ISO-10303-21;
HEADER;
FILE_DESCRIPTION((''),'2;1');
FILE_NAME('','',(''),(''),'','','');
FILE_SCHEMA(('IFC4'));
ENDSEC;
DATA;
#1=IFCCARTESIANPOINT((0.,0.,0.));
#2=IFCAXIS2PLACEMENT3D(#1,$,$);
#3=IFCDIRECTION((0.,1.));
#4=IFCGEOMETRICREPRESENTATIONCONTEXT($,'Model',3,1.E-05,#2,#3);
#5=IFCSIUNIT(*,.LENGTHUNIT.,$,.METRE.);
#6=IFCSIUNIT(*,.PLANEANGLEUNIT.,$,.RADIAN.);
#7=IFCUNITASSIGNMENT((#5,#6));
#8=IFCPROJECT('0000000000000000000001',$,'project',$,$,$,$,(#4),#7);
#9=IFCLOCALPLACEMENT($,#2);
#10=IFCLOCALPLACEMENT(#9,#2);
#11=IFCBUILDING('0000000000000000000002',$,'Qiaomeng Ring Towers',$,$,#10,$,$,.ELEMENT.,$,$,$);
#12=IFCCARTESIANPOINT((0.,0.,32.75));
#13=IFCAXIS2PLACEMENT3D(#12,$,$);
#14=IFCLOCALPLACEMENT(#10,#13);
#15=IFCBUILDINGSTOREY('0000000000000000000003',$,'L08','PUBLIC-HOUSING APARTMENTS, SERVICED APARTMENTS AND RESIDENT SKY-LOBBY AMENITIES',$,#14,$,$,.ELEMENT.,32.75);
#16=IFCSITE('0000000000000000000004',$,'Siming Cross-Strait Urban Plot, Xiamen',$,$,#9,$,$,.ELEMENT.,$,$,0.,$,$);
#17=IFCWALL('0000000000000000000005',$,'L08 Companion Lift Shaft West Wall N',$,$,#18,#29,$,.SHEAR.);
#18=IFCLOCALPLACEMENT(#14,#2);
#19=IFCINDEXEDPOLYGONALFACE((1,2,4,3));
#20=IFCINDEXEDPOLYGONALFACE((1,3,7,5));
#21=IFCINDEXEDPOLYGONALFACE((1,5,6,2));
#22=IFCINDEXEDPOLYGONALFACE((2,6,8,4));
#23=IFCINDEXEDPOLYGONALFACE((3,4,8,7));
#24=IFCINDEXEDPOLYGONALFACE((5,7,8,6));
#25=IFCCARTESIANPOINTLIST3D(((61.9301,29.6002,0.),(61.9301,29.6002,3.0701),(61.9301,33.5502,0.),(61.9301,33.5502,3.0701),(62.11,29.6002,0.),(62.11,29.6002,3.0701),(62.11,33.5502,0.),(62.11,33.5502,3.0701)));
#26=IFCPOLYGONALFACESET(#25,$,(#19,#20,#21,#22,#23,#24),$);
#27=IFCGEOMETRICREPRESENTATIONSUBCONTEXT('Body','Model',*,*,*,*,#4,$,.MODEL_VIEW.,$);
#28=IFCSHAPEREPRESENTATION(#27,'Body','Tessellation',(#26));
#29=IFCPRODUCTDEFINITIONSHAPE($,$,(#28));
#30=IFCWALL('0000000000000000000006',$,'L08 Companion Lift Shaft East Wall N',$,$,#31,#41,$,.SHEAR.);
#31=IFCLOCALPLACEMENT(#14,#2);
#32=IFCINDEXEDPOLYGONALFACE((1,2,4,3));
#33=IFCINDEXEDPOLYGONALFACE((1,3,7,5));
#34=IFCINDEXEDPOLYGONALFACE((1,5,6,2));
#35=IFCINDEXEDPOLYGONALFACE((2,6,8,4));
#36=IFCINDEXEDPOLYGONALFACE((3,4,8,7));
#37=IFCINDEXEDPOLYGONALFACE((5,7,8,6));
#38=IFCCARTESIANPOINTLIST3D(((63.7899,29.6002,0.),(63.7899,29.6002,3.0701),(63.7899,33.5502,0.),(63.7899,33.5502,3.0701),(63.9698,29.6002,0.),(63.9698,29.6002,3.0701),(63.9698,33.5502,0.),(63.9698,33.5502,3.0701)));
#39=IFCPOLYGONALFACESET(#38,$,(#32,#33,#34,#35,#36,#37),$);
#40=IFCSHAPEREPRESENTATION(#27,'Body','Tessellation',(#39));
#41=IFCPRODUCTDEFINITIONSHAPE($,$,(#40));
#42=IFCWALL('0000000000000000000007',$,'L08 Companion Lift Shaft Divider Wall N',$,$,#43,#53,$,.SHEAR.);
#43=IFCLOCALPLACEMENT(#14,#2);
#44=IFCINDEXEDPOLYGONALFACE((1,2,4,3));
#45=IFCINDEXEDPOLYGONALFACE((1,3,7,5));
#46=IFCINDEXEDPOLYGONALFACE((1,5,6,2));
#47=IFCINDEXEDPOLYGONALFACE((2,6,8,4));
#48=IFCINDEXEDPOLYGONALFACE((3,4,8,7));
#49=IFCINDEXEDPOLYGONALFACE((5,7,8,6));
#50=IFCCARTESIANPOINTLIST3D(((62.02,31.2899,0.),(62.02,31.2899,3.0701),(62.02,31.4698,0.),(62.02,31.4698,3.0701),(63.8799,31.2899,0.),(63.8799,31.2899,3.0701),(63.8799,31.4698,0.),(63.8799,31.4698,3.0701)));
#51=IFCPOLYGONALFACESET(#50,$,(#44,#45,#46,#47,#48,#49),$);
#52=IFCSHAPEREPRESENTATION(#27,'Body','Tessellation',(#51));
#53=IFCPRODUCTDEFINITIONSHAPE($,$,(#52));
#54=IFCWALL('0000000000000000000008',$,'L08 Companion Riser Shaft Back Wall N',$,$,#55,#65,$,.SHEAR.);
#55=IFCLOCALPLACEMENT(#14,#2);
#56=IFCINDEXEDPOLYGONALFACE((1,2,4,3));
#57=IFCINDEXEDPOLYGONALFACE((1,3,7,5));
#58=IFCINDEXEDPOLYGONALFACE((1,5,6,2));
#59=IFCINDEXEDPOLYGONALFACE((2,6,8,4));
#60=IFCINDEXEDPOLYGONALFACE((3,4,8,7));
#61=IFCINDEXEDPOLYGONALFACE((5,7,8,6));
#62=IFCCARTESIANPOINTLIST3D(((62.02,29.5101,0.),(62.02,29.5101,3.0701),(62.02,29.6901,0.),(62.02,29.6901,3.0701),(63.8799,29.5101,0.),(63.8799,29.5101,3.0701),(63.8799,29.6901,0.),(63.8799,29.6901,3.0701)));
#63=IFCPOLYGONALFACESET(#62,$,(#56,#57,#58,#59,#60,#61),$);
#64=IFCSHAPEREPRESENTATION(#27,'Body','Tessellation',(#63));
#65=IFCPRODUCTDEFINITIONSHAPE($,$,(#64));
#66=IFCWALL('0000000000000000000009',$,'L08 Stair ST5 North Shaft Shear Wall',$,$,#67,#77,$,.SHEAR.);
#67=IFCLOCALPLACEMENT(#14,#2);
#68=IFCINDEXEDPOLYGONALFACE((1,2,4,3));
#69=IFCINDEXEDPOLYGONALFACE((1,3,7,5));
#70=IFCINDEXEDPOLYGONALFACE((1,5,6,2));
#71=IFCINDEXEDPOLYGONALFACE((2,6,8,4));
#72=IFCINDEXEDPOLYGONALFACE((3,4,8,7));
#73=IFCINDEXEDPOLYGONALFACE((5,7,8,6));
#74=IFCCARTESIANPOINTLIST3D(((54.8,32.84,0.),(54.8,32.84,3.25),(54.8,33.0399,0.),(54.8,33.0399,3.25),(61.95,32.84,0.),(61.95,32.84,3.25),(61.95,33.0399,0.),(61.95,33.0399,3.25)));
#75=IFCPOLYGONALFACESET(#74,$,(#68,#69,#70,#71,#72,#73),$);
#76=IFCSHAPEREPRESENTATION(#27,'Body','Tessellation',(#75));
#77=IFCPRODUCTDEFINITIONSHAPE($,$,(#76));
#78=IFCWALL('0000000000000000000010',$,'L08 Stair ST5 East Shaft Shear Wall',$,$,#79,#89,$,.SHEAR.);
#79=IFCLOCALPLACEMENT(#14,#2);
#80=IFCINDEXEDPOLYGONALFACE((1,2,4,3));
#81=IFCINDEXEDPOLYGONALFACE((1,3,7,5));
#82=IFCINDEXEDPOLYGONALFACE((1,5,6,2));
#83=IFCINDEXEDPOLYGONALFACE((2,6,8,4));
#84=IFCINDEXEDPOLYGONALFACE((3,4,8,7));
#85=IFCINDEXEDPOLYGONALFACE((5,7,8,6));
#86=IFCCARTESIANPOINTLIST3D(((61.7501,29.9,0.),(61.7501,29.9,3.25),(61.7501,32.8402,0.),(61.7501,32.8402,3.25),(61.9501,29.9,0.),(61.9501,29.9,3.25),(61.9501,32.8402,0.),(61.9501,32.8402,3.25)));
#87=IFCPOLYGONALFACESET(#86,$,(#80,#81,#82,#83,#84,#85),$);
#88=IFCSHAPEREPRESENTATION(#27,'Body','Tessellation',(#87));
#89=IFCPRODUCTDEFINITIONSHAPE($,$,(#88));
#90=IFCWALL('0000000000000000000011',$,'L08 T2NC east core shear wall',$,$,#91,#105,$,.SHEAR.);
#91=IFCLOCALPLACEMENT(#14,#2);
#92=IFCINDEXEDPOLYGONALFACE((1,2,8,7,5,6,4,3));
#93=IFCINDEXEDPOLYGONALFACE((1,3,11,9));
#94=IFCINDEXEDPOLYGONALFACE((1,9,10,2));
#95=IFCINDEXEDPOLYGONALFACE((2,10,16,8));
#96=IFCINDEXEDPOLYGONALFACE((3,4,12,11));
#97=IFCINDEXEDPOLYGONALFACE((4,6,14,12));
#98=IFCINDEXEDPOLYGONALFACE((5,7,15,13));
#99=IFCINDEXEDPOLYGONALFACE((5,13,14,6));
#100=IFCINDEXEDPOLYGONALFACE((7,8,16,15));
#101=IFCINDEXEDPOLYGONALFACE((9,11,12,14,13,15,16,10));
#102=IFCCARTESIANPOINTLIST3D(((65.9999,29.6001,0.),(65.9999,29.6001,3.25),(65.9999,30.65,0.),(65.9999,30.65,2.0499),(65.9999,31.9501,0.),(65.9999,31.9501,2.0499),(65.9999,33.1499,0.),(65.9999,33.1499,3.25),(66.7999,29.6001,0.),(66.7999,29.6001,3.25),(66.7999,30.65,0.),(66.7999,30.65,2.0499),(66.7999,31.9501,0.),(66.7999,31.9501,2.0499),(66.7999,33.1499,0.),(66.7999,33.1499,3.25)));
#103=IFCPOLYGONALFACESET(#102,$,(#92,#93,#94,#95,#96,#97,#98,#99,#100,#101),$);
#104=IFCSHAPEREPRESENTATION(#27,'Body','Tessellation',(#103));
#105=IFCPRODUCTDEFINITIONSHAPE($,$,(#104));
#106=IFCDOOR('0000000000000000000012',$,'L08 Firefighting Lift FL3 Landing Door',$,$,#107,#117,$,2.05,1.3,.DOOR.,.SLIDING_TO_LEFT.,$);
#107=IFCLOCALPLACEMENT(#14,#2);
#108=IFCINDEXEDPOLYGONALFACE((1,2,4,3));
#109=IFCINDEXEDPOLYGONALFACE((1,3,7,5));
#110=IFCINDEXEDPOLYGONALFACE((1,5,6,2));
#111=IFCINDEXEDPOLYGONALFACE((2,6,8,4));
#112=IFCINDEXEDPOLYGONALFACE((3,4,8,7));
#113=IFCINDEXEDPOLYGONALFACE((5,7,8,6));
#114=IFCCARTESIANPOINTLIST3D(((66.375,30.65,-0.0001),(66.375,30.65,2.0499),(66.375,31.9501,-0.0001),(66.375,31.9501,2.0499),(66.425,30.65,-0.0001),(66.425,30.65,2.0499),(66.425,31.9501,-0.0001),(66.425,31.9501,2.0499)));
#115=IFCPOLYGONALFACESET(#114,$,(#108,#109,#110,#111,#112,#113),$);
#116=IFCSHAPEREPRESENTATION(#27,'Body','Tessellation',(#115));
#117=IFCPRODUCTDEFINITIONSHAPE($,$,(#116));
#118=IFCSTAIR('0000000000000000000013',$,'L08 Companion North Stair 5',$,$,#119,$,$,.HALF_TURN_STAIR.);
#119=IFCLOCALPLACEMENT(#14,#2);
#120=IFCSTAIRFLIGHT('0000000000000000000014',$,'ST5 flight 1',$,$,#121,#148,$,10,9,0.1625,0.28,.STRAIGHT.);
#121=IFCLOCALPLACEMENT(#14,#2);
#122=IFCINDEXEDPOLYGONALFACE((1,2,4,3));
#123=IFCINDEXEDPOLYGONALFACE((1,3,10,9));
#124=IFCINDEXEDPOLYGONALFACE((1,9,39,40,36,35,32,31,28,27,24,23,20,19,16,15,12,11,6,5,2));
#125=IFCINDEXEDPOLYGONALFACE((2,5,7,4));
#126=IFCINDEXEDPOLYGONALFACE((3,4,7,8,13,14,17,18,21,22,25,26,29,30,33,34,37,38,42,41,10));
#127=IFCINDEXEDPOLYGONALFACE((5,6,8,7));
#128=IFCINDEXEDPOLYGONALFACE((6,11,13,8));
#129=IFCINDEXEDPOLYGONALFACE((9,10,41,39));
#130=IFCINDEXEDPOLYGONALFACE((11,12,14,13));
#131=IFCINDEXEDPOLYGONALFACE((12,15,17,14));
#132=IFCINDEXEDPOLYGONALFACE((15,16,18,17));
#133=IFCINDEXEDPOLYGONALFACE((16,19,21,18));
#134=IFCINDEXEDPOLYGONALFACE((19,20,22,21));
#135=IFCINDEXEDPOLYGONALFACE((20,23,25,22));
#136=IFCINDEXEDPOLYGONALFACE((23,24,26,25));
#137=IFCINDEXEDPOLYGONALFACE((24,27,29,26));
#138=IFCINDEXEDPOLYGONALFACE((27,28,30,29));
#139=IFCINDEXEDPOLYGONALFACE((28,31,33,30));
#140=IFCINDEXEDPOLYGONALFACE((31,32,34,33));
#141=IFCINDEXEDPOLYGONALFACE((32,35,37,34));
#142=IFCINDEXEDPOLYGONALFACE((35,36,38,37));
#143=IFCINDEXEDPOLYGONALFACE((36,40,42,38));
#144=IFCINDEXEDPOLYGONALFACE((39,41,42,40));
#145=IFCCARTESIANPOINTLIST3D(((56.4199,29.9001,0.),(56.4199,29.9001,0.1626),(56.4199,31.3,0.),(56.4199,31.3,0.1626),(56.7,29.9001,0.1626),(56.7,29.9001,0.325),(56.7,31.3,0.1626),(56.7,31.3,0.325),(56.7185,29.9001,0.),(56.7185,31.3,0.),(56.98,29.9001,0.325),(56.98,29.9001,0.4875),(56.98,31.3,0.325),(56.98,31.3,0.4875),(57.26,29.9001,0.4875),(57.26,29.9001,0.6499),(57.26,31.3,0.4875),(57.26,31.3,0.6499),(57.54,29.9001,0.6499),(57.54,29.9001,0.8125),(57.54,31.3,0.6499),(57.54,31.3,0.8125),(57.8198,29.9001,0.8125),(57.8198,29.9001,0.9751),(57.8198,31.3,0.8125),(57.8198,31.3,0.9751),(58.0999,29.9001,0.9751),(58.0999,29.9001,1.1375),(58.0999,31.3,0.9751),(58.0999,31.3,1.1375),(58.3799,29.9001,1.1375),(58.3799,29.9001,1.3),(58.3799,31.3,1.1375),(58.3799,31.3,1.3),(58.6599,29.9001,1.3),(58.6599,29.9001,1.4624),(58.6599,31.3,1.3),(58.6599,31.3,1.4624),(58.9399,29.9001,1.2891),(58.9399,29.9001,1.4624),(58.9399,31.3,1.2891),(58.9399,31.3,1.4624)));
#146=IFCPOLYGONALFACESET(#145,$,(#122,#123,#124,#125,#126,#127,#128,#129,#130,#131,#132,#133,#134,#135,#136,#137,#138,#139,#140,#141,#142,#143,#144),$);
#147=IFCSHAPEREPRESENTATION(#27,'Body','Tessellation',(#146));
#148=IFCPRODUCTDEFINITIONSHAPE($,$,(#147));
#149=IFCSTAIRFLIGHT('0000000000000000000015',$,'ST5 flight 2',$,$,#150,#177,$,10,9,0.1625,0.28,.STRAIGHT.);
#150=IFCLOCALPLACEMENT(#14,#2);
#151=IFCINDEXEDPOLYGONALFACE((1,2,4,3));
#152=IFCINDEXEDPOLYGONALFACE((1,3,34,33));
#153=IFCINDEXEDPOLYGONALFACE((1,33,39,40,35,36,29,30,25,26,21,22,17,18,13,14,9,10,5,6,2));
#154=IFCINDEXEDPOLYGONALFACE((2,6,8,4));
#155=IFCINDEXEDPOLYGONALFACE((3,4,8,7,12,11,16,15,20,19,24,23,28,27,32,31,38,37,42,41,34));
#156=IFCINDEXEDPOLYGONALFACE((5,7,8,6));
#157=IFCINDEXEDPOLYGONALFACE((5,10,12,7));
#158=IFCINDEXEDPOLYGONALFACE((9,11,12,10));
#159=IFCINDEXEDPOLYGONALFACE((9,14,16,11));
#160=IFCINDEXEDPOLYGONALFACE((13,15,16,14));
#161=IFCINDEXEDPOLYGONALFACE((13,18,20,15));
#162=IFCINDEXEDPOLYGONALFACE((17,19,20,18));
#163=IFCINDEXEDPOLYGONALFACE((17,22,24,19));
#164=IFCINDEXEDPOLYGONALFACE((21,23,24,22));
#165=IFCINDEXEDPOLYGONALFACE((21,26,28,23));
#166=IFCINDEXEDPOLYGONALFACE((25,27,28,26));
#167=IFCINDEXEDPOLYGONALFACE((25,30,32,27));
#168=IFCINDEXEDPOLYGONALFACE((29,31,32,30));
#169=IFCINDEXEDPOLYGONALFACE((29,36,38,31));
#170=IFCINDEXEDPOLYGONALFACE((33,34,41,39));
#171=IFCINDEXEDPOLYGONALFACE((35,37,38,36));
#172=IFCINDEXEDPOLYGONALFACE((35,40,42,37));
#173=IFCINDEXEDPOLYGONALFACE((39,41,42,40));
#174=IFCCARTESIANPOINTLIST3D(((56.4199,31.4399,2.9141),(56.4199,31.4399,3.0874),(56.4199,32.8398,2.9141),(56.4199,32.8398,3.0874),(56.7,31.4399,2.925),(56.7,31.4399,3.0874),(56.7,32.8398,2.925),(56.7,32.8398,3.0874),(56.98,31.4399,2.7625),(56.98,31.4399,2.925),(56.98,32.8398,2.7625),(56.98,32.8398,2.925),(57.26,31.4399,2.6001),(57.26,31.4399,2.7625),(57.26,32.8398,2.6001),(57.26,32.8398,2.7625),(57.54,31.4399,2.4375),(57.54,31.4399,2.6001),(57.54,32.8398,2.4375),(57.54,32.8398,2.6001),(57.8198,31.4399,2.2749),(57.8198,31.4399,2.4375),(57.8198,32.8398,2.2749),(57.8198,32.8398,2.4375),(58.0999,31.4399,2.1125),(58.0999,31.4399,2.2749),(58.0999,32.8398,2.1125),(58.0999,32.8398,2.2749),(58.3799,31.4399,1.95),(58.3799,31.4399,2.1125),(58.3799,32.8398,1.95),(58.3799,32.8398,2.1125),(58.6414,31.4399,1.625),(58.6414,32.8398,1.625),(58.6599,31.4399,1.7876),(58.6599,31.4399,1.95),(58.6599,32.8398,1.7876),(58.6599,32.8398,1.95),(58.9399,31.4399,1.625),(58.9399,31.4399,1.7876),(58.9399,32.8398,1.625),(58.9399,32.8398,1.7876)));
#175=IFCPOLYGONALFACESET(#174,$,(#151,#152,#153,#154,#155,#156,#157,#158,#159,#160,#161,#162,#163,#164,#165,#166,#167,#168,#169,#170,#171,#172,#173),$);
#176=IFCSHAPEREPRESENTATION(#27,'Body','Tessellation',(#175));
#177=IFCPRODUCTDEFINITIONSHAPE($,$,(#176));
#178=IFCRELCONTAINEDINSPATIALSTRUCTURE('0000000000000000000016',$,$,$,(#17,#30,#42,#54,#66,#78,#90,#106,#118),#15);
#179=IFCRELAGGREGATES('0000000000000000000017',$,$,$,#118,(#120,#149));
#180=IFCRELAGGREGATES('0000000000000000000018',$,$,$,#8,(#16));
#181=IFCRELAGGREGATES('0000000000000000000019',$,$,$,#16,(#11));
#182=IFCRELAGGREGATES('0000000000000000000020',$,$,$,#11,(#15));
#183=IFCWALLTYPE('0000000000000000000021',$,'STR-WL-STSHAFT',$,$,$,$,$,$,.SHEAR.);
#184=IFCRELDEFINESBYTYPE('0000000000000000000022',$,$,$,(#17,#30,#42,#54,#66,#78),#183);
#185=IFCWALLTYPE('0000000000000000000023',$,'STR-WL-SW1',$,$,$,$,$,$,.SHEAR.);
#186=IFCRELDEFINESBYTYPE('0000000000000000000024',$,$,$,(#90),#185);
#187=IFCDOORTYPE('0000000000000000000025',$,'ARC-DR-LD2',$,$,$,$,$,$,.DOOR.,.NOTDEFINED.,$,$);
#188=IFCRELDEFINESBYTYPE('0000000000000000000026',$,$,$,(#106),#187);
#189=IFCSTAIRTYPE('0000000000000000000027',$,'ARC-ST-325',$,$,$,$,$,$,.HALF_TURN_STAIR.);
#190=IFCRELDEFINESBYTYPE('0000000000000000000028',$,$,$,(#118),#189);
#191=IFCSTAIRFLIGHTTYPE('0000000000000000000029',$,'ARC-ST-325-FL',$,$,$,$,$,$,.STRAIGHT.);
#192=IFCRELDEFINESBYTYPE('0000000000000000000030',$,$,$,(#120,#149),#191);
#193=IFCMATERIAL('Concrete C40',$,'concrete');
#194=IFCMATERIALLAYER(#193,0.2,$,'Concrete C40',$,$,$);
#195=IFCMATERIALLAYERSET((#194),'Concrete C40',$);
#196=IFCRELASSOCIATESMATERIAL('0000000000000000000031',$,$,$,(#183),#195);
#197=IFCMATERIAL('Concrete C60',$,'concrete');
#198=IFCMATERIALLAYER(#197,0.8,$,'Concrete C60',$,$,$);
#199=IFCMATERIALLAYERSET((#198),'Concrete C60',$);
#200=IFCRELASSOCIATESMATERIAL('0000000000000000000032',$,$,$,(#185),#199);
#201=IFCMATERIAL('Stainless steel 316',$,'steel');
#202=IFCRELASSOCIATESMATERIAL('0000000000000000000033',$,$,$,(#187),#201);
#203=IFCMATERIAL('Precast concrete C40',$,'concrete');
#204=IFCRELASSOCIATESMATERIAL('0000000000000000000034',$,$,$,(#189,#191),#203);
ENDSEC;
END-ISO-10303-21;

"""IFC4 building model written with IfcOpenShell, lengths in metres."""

from ifc_helpers import new_model, si_unit, direction, frame, frame_2d, origin, place, context, subcontext, project, spatial, polyline, rectangle, outline, extrude, source, transform, mapped, material, layer, layer_set, type_object, element, fill, aggregate, save


model = new_model("IFC4")

# Units and contexts
model_context = context("Model", 3, precision=1e-05, world=origin(), true_north=direction((0.0, 1.0)))
body_context = subcontext(model_context, "Body", "Model", "MODEL_VIEW")
ifc_project = project(units=[si_unit("LENGTHUNIT", "METRE"), si_unit("PLANEANGLEUNIT", "RADIAN")], contexts=[model_context])

# Site, building, storey
site_placement = place(None, origin())
site = spatial("IfcSite", under=ifc_project, at=site_placement, Name="Siming Cross-Strait Urban Plot, Xiamen", CompositionType="ELEMENT", RefElevation=0.0)
building_placement = place(site_placement, origin())
building = spatial("IfcBuilding", under=site, at=building_placement, Name="Qiaomeng Ring Towers", CompositionType="ELEMENT")
storey_placement = place(building_placement, frame((0.0, 0.0, 32.75)))
storey = spatial("IfcBuildingStorey", under=building, at=storey_placement, Name="L08", Description="PUBLIC-HOUSING APARTMENTS, SERVICED APARTMENTS AND RESIDENT SKY-LOBBY AMENITIES", CompositionType="ELEMENT", Elevation=32.75)

# Walls
ifc_material_1 = material(Name="Concrete C40", Category="concrete")
ifc_layer_1 = layer(ifc_material_1, 0.2, Name="Concrete C40")
ifc_layer_set_1 = layer_set([ifc_layer_1], Name="Concrete C40")
wall_type_1 = type_object("IfcWallType", Name="STR-WL-STSHAFT", PredefinedType="SHEAR", material=ifc_layer_set_1)
for number, where, z_axis, x_axis, name in (
    (1, (62.02, 29.6001, 0.0), (0.0, 0.0, 1.0), (0.0, 1.0, 0.0), "L08 Companion Lift Shaft West Wall N"),
    (2, (63.8799, 29.6001, 0.0), (0.0, 0.0, 1.0), (0.0, 1.0, 0.0), "L08 Companion Lift Shaft East Wall N"),
):
    element("IfcWall", number, at=place(storey_placement, frame(where, z_axis=z_axis, x_axis=x_axis)), inside=storey, type_object=wall_type_1, Name=name, PredefinedType="SHEAR", context=body_context, shape_type="SweptSolid", body=[
        extrude(rectangle(XDim=3.95, YDim=0.1799, at=frame_2d((1.9751, 0.0))), origin(), (0.0, 0.0, 1.0), 3.0701),
    ])
for number, where, z_axis, x_axis, name in (
    (3, (62.02, 31.3799, 0.0), (0.0, 0.0, 1.0), (1.0, 0.0, 0.0), "L08 Companion Lift Shaft Divider Wall N"),
    (4, (62.02, 29.6001, 0.0), (0.0, 0.0, 1.0), (1.0, 0.0, 0.0), "L08 Companion Riser Shaft Back Wall N"),
):
    element("IfcWall", number, at=place(storey_placement, frame(where, z_axis=z_axis, x_axis=x_axis)), inside=storey, type_object=wall_type_1, Name=name, PredefinedType="SHEAR", context=body_context, shape_type="SweptSolid", body=[
        extrude(rectangle(XDim=1.8599, YDim=0.1799, at=frame_2d((0.9299, 0.0))), origin(), (0.0, 0.0, 1.0), 3.0701),
    ])
wall_1_placement = place(storey_placement, frame((54.8, 32.9399, 0.0), z_axis=(0.0, 0.0, 1.0), x_axis=(1.0, 0.0, 0.0)))
element("IfcWall", 5, at=wall_1_placement, inside=storey, type_object=wall_type_1, Name="L08 Stair ST5 North Shaft Shear Wall", PredefinedType="SHEAR", context=body_context, shape_type="SweptSolid", body=[
    extrude(rectangle(XDim=7.1499, YDim=0.2, at=frame_2d((3.575, 0.0))), origin(), (0.0, 0.0, 1.0), 3.25),
])
wall_2_placement = place(storey_placement, frame((61.8501, 29.8999, 0.0), z_axis=(0.0, 0.0, 1.0), x_axis=(0.0, 1.0, 0.0)))
element("IfcWall", 6, at=wall_2_placement, inside=storey, type_object=wall_type_1, Name="L08 Stair ST5 East Shaft Shear Wall", PredefinedType="SHEAR", context=body_context, shape_type="SweptSolid", body=[
    extrude(rectangle(XDim=2.9402, YDim=0.2, at=frame_2d((1.4702, 0.0))), origin(), (0.0, 0.0, 1.0), 3.25),
])

# Wall, opening, door
ifc_material_2 = material(Name="Concrete C60", Category="concrete")
ifc_layer_2 = layer(ifc_material_2, 0.8, Name="Concrete C60")
ifc_layer_set_2 = layer_set([ifc_layer_2], Name="Concrete C60")
wall_type_2 = type_object("IfcWallType", Name="STR-WL-SW1", PredefinedType="SHEAR", material=ifc_layer_set_2)
wall_3_placement = place(storey_placement, frame((66.3999, 29.6001, 0.0), z_axis=(0.0, 0.0, 1.0), x_axis=(0.0, 1.0, 0.0)))
wall_3 = element("IfcWall", 7, at=wall_3_placement, inside=storey, type_object=wall_type_2, Name="L08 T2NC east core shear wall", PredefinedType="SHEAR", context=body_context, shape_type="SweptSolid", body=[
    extrude(rectangle(XDim=3.5498, YDim=0.8, at=frame_2d((1.7749, 0.0))), origin(), (0.0, 0.0, 1.0), 3.25),
])
opening_placement = place(wall_3_placement, frame((1.05, 0.0, 0.0)))
opening = element("IfcOpeningElement", 8, at=opening_placement, cuts=wall_3, PredefinedType="OPENING", context=body_context, shape_type="SweptSolid", body=[
    extrude(rectangle(XDim=1.3, YDim=2.05, at=frame_2d((0.6499, 1.0249))), frame((0.0, 0.4099, 0.0), z_axis=(0.0, -1.0, 0.0), x_axis=(1.0, 0.0, 0.0)), (0.0, 0.0, 1.0), 0.8201),
])
ifc_material_3 = material(Name="Stainless steel 316", Category="steel")
door_type = type_object("IfcDoorType", Name="ARC-DR-LD2", OperationType="NOTDEFINED", PredefinedType="DOOR", material=ifc_material_3)
shared_shape_1 = source(origin(), body_context, "Body", "SweptSolid", [
    extrude(rectangle(XDim=1.3, YDim=2.05, at=frame_2d((0.6499, 1.0249))), frame((0.0, 0.0249, 0.0), z_axis=(0.0, -1.0, 0.0), x_axis=(1.0, 0.0, 0.0)), (0.0, 0.0, 1.0), 0.05),
])
door_placement = place(opening_placement, origin())
door = element("IfcDoor", 9, at=door_placement, inside=storey, type_object=door_type, Name="L08 Firefighting Lift FL3 Landing Door", OperationType="SLIDING_TO_LEFT", OverallHeight=2.05, OverallWidth=1.3, PredefinedType="DOOR", context=body_context, shape_type="MappedRepresentation", body=[
    mapped(shared_shape_1, transform((0.0, 0.0, 0.0), x_axis=(1.0, 0.0, 0.0), y_axis=(0.0, 1.0, 0.0), z_axis=(0.0, 0.0, 1.0), scale=1.0)),
])
fill(opening, door)

# Stair, stair flights
ifc_material_4 = material(Name="Precast concrete C40", Category="concrete")
stair_type = type_object("IfcStairType", Name="ARC-ST-325", PredefinedType="HALF_TURN_STAIR", material=ifc_material_4)
stair_placement = place(storey_placement, origin())
stair = element("IfcStair", 10, at=stair_placement, inside=storey, type_object=stair_type, Name="L08 Companion North Stair 5", PredefinedType="HALF_TURN_STAIR")
stair_flight_type = type_object("IfcStairFlightType", Name="ARC-ST-325-FL", PredefinedType="STRAIGHT", material=ifc_material_4)
shared_shape_2 = source(origin(), body_context, "Body", "SweptSolid", [
    extrude(outline(polyline([(0.0, 0.0), (0.0, 0.1626), (0.28, 0.1626), (0.28, 0.325), (0.5601, 0.325), (0.5601, 0.4875), (0.8401, 0.4875), (0.8401, 0.6499), (1.1201, 0.6499), (1.1201, 0.8125), (1.3999, 0.8125), (1.3999, 0.9751), (1.6799, 0.9751), (1.6799, 1.1375), (1.96, 1.1375), (1.96, 1.3), (2.24, 1.3), (2.24, 1.4624), (2.52, 1.4624), (2.52, 1.625), (2.52, 1.2891), (0.2986, 0.0), (0.0, 0.0)])), frame((0.0, 0.7, 0.0), z_axis=(0.0, -1.0, 0.0), x_axis=(1.0, 0.0, 0.0)), (0.0, 0.0, 1.0), 1.3999),
])
stair_flight_1_placement = place(storey_placement, frame((56.4199, 30.6001, 0.0), z_axis=(0.0, 0.0, 1.0), x_axis=(1.0, 0.0, 0.0)))
stair_flight_1 = element("IfcStairFlight", 11, at=stair_flight_1_placement, type_object=stair_flight_type, Name="ST5 flight 1", NumberOfRisers=10, NumberOfTreads=9, PredefinedType="STRAIGHT", RiserHeight=0.1625, TreadLength=0.28, context=body_context, shape_type="MappedRepresentation", body=[
    mapped(shared_shape_2, transform((0.0, 0.0, 0.0), x_axis=(1.0, 0.0, 0.0), y_axis=(0.0, 1.0, 0.0), z_axis=(0.0, 0.0, 1.0), scale=1.0)),
])
stair_flight_2_placement = place(storey_placement, frame((58.9399, 32.1399, 1.625), z_axis=(0.0, 0.0, 1.0), x_axis=(-1.0, 0.0, 0.0)))
stair_flight_2 = element("IfcStairFlight", 12, at=stair_flight_2_placement, type_object=stair_flight_type, Name="ST5 flight 2", NumberOfRisers=10, NumberOfTreads=9, PredefinedType="STRAIGHT", RiserHeight=0.1625, TreadLength=0.28, context=body_context, shape_type="MappedRepresentation", body=[
    mapped(shared_shape_2, transform((0.0, 0.0, 0.0), x_axis=(1.0, 0.0, 0.0), y_axis=(0.0, 1.0, 0.0), z_axis=(0.0, 0.0, 1.0), scale=1.0)),
])
aggregate(stair, [stair_flight_1, stair_flight_2])

save(model, "model.ifc")
